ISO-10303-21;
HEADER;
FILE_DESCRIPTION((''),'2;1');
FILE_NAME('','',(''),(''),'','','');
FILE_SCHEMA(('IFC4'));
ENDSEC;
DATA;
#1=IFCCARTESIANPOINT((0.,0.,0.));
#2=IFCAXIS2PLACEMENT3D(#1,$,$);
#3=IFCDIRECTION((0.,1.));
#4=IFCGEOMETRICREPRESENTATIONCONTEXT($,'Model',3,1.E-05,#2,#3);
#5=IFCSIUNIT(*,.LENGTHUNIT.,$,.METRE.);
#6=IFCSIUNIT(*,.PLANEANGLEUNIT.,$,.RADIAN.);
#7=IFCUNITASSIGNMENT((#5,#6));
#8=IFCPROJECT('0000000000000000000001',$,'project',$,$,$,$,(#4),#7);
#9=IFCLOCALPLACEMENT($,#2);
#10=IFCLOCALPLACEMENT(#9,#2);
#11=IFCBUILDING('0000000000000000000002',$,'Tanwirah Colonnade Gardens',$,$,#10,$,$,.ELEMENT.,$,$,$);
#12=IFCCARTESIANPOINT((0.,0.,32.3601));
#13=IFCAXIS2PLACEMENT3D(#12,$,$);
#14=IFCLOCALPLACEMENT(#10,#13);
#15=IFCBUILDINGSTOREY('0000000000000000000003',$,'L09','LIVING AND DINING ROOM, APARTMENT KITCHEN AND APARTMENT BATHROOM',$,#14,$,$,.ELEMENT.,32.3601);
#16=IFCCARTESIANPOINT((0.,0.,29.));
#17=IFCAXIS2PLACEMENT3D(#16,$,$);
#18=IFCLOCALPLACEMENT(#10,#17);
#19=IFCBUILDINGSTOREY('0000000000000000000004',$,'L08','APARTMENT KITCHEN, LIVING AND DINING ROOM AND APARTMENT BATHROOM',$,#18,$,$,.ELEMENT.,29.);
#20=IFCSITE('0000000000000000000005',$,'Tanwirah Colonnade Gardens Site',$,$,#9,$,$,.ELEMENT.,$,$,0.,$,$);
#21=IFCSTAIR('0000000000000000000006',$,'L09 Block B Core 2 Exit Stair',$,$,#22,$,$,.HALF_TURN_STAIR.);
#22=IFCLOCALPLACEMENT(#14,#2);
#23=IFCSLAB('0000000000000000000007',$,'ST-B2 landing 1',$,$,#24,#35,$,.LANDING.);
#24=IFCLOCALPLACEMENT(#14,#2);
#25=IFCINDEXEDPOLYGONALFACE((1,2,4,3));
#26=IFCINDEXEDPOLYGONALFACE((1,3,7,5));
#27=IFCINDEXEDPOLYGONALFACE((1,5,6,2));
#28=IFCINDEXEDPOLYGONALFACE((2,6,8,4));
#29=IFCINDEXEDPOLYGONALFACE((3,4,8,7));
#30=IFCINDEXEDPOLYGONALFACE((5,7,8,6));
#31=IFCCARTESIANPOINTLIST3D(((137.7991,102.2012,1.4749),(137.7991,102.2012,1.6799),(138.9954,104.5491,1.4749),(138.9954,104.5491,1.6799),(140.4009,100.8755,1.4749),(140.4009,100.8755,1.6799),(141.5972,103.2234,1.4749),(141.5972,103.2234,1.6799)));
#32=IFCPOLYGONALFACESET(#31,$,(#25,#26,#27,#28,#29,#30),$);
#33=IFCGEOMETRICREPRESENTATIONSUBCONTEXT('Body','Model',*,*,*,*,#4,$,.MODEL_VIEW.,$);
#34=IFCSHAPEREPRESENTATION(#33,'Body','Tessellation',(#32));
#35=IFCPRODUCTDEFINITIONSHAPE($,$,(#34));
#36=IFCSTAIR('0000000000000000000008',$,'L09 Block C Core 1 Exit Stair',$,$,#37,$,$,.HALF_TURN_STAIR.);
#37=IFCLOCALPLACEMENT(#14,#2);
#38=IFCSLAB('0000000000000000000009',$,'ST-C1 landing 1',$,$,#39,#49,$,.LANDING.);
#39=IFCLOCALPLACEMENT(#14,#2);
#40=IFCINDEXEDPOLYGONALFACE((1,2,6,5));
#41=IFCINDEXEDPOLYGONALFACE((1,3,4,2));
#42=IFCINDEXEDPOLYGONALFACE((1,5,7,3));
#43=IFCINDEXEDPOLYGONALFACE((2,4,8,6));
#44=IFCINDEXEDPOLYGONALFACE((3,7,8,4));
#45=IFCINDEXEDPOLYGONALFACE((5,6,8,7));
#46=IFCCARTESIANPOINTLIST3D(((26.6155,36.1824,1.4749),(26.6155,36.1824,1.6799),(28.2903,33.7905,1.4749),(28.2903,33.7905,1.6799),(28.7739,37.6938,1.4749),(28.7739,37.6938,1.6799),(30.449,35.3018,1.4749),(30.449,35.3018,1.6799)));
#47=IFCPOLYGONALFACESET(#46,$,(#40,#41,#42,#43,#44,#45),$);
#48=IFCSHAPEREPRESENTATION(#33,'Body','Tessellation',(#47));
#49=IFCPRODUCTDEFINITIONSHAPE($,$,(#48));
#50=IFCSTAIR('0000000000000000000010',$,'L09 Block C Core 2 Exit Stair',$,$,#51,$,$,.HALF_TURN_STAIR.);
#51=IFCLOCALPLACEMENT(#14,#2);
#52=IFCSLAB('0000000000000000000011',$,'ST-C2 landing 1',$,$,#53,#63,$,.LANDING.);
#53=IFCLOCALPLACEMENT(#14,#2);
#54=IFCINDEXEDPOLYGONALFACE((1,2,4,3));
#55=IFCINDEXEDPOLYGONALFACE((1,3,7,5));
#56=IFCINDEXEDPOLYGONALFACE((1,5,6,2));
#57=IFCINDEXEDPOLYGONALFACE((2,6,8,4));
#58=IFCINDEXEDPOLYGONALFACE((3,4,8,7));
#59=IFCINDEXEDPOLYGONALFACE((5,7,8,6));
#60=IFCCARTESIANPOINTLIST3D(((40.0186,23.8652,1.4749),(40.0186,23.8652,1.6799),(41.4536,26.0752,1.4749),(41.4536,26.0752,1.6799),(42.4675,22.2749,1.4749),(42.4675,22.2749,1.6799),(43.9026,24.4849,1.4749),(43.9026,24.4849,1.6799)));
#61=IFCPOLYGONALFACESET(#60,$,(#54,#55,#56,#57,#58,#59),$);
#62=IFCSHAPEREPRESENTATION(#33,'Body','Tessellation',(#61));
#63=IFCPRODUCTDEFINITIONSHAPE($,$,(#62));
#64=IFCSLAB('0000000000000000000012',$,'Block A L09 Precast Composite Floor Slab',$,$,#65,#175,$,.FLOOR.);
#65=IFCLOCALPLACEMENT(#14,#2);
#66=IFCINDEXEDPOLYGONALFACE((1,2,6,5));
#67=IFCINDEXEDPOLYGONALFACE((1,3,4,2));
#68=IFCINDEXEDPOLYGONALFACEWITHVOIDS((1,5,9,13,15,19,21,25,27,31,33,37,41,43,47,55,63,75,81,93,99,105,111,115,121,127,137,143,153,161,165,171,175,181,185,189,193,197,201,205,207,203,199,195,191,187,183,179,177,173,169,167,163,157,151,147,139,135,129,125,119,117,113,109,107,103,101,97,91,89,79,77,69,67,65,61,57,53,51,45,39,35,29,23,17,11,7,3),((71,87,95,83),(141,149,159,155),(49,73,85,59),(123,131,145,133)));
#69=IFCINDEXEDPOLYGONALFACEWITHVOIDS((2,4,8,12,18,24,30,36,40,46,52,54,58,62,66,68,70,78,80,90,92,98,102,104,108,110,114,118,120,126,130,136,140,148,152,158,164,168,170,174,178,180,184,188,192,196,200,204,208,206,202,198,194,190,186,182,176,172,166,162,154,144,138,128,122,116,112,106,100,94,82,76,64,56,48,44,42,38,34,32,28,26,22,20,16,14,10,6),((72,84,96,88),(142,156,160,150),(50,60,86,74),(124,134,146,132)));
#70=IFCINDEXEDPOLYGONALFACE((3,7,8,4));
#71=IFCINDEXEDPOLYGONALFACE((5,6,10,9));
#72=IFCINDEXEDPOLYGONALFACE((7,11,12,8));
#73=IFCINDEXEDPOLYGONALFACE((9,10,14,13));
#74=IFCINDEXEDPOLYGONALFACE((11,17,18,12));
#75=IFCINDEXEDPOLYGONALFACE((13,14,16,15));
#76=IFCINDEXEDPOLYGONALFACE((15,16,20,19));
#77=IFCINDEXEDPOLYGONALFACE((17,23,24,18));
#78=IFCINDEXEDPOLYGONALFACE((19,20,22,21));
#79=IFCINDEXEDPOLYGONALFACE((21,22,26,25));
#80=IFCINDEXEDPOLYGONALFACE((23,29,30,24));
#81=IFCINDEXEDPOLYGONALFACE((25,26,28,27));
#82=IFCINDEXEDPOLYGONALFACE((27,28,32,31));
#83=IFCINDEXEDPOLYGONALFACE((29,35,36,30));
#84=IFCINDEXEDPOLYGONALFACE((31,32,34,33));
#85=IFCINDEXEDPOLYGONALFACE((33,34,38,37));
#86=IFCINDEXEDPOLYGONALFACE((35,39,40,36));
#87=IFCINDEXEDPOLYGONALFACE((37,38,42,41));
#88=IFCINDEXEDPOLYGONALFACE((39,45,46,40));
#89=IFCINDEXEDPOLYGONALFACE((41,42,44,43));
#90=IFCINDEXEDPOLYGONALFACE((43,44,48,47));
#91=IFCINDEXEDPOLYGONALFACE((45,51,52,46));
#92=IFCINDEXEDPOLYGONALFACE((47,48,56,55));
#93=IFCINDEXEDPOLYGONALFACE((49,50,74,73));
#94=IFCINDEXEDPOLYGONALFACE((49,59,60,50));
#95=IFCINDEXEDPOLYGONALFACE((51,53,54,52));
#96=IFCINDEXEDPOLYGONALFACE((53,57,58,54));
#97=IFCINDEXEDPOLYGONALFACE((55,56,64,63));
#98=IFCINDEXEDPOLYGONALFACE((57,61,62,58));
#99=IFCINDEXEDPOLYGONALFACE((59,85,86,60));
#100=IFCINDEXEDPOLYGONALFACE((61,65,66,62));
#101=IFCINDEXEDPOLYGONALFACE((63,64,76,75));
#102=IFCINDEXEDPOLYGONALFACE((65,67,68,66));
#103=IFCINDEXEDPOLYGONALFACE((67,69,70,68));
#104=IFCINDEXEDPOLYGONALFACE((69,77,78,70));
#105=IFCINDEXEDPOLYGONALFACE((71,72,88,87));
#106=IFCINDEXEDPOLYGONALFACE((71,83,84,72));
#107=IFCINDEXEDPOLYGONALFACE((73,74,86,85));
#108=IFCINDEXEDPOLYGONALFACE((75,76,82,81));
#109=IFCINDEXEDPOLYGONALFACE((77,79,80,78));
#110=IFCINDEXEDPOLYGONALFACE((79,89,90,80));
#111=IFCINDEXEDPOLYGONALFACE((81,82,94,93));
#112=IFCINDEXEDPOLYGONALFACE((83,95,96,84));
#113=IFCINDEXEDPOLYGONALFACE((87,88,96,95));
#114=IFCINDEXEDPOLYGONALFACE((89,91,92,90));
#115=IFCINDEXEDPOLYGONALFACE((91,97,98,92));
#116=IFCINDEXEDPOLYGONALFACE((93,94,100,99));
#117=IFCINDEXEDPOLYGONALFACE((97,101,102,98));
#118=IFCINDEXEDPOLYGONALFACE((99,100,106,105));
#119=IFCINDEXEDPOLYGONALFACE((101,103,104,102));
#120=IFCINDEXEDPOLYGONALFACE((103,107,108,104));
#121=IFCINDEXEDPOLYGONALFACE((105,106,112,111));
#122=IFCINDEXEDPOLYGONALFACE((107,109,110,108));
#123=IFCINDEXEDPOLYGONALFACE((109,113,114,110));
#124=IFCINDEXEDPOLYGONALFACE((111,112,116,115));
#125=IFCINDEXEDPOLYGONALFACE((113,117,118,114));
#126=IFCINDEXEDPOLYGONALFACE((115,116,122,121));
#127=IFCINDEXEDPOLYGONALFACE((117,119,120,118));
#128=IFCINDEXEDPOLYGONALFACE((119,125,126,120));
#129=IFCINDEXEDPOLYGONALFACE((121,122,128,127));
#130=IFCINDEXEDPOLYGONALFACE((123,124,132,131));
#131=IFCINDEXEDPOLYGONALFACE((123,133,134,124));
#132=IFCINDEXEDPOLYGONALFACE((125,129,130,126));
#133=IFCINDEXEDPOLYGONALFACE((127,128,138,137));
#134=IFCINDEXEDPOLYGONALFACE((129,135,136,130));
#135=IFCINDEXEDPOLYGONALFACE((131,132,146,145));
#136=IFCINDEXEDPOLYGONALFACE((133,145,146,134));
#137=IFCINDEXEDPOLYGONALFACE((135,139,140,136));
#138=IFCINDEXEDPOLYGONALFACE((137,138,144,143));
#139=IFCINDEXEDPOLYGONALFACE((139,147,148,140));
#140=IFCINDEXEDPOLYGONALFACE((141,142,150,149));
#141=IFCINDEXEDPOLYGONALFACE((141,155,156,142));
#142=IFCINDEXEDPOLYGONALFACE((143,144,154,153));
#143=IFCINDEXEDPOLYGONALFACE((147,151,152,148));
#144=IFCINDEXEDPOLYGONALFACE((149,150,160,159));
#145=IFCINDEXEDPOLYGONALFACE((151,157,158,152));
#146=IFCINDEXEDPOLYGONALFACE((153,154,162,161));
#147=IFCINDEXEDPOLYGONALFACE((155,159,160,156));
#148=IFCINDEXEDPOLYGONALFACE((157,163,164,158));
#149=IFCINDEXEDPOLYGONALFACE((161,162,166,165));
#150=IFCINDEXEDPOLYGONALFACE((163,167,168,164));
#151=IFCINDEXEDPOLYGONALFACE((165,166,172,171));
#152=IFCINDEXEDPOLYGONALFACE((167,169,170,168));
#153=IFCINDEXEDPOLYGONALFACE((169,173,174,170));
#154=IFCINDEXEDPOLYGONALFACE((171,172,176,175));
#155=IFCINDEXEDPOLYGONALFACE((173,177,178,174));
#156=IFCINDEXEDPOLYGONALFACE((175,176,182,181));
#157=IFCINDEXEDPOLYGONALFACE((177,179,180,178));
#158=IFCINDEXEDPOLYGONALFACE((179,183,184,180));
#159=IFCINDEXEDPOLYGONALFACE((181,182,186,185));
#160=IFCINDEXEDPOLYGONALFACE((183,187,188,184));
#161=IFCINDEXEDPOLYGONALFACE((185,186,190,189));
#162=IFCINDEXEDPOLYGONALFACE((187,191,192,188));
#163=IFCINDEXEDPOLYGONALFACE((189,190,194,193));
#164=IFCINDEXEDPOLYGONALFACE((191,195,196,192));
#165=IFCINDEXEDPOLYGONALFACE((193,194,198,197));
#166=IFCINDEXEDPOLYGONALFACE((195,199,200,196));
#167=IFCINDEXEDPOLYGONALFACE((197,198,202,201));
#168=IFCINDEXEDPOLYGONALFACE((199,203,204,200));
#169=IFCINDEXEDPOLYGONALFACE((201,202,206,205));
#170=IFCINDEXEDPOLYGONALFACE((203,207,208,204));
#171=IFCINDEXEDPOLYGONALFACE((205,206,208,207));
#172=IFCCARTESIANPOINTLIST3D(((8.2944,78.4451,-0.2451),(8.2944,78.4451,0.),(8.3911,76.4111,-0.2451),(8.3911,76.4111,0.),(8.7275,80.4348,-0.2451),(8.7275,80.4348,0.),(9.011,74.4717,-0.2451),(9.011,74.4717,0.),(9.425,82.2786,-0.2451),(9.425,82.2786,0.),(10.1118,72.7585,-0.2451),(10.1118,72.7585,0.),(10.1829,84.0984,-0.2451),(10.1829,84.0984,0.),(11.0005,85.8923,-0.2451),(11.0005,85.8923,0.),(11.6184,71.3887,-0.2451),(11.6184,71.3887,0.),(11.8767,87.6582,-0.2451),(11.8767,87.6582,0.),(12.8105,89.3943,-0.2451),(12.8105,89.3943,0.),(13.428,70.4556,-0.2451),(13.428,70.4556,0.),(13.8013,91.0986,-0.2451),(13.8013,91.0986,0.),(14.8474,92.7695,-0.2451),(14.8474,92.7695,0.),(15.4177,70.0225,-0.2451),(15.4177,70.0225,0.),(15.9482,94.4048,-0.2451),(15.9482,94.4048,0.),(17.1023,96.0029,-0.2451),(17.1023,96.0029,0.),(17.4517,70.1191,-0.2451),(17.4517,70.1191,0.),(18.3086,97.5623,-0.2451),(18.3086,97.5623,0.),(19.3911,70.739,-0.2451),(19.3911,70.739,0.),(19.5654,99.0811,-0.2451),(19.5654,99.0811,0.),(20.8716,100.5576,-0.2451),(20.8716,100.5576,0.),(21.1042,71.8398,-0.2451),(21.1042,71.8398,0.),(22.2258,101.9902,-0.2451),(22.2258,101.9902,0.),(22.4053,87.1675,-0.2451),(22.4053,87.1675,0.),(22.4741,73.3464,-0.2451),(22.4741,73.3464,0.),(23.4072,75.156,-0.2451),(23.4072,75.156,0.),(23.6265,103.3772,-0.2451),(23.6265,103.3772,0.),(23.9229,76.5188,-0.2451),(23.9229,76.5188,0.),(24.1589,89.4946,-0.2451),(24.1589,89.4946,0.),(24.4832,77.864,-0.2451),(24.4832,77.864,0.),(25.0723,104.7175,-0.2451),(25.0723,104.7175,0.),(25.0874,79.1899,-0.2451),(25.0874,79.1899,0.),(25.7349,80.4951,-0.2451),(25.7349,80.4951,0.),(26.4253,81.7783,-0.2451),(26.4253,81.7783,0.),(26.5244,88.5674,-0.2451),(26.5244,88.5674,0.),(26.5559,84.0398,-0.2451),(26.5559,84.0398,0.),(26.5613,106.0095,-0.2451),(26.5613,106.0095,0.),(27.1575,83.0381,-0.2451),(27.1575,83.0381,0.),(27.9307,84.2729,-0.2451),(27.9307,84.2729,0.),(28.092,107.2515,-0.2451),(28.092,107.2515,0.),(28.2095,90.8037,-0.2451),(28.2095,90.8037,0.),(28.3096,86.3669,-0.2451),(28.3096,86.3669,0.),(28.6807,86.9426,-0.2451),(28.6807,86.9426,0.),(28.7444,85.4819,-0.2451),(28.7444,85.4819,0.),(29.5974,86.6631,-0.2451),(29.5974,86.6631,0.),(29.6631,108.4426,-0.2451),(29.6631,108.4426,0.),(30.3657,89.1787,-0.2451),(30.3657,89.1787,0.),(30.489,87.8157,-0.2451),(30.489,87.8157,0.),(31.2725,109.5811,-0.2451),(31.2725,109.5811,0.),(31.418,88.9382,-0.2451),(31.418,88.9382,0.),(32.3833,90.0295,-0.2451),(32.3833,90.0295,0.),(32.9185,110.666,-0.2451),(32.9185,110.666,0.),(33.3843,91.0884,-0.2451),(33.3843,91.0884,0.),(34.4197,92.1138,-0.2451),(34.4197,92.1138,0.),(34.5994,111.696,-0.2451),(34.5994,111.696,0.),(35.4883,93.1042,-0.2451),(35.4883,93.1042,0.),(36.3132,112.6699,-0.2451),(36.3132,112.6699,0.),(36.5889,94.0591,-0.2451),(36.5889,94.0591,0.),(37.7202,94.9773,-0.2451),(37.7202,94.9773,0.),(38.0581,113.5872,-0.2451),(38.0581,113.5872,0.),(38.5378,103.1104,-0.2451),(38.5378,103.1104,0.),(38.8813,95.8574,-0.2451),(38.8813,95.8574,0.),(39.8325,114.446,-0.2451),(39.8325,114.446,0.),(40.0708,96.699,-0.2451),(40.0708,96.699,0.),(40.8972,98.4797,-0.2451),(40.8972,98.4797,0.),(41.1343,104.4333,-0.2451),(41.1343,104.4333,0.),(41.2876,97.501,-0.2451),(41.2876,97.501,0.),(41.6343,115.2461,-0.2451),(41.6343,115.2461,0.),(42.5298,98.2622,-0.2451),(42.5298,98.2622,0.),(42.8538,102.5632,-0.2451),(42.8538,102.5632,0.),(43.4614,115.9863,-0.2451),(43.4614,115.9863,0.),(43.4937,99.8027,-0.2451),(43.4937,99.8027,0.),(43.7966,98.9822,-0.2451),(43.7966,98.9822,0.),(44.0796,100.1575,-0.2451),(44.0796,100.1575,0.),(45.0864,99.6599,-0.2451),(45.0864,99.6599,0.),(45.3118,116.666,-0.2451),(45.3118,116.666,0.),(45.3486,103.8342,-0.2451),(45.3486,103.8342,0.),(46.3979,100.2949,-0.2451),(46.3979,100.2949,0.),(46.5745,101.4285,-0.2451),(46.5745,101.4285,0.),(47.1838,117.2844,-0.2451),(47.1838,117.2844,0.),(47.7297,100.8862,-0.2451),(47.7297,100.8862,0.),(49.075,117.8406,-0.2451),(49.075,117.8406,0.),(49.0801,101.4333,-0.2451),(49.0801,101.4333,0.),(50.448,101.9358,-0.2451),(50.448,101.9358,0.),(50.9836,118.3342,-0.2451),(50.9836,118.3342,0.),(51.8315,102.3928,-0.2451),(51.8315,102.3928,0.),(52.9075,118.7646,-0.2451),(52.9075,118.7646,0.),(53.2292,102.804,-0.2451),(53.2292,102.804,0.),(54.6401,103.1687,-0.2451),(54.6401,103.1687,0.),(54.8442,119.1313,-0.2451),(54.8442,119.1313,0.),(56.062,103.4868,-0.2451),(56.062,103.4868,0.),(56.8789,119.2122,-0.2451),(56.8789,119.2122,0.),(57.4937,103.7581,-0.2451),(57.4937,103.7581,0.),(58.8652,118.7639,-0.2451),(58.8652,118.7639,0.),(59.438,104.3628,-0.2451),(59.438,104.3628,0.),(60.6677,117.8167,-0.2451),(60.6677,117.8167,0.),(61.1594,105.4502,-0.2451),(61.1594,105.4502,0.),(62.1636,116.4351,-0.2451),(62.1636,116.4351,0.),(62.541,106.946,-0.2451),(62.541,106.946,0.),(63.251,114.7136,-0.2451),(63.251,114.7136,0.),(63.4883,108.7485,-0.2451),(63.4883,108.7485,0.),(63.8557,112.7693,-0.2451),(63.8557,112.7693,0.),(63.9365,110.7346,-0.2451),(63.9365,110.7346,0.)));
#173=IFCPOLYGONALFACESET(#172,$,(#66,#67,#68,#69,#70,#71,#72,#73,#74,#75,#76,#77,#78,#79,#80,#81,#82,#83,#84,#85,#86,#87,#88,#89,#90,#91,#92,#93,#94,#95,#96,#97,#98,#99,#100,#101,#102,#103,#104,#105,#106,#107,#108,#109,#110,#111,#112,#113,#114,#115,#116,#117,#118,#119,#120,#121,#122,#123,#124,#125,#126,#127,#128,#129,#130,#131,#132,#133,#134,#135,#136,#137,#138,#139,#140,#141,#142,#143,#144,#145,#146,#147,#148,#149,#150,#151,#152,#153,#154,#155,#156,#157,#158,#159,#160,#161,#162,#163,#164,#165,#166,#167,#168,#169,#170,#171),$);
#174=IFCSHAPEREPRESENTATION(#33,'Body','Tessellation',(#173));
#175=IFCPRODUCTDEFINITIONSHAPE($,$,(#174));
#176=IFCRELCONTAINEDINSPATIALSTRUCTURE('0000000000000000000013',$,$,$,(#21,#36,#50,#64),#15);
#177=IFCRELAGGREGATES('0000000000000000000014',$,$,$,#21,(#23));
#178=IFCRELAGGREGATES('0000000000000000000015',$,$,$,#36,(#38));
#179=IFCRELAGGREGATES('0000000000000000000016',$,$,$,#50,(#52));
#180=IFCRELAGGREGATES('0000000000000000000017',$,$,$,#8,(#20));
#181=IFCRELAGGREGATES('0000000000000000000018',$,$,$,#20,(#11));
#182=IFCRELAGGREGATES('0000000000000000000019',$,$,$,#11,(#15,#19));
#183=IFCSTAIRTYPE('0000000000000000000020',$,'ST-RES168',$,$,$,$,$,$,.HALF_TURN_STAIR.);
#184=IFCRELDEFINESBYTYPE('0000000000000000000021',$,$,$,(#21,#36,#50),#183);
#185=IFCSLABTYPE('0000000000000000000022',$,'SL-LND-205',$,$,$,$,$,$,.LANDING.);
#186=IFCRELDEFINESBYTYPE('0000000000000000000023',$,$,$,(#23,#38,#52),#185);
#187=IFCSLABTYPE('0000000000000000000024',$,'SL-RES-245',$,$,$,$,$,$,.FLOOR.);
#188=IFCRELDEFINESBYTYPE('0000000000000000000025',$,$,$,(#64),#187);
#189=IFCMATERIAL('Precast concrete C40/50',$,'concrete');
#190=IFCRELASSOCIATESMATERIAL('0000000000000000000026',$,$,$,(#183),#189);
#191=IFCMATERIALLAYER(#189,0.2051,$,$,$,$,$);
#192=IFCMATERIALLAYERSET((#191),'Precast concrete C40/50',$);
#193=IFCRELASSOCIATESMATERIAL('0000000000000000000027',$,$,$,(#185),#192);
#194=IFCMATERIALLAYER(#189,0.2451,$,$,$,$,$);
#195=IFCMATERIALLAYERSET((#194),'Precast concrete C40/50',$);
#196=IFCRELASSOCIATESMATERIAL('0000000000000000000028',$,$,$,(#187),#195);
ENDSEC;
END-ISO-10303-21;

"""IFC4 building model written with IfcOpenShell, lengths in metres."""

from ifc_helpers import new_model, si_unit, direction, frame, origin, place, context, subcontext, project, spatial, polyline, outline, extrude, material, layer, layer_set, type_object, element, aggregate, save


model = new_model("IFC4")

# Units and contexts
model_context = context("Model", 3, precision=1e-05, world=origin(), true_north=direction((0.0, 1.0)))
body_context = subcontext(model_context, "Body", "Model", "MODEL_VIEW")
ifc_project = project(units=[si_unit("LENGTHUNIT", "METRE"), si_unit("PLANEANGLEUNIT", "RADIAN")], contexts=[model_context])

# Site, building, storey
site_placement = place(None, origin())
site = spatial("IfcSite", under=ifc_project, at=site_placement, Name="Tanwirah Colonnade Gardens Site", CompositionType="ELEMENT", RefElevation=0.0)
building_placement = place(site_placement, origin())
building = spatial("IfcBuilding", under=site, at=building_placement, Name="Tanwirah Colonnade Gardens", CompositionType="ELEMENT")
storey_1_placement = place(building_placement, frame((0.0, 0.0, 32.3601)))
storey_1 = spatial("IfcBuildingStorey", under=building, at=storey_1_placement, Name="L09", Description="LIVING AND DINING ROOM, APARTMENT KITCHEN AND APARTMENT BATHROOM", CompositionType="ELEMENT", Elevation=32.3601)

# Shared definitions
ifc_material_1 = material(Name="Precast concrete C40/50", Category="concrete")

# Shared definitions
storey_2_placement = place(building_placement, frame((0.0, 0.0, 29.0)))
storey_2 = spatial("IfcBuildingStorey", under=building, at=storey_2_placement, Name="L08", Description="APARTMENT KITCHEN, LIVING AND DINING ROOM AND APARTMENT BATHROOM", CompositionType="ELEMENT", Elevation=29.0)

# Stairs, slabs
stair_type = type_object("IfcStairType", Name="ST-RES168", PredefinedType="HALF_TURN_STAIR", material=ifc_material_1)
ifc_layer_1 = layer(ifc_material_1, 0.2051)
ifc_layer_set_1 = layer_set([ifc_layer_1], Name="Precast concrete C40/50")
slab_type_1 = type_object("IfcSlabType", Name="SL-LND-205", PredefinedType="LANDING", material=ifc_layer_set_1)
stair_1_placement = place(storey_1_placement, origin())
stair_1 = element("IfcStair", 1, at=stair_1_placement, inside=storey_1, type_object=stair_type, Name="L09 Block B Core 2 Exit Stair", PredefinedType="HALF_TURN_STAIR")
slab_1_placement = place(storey_1_placement, frame((0.0, 0.0, 1.4749)))
slab_1 = element("IfcSlab", 2, at=slab_1_placement, type_object=slab_type_1, Name="ST-B2 landing 1", PredefinedType="LANDING", context=body_context, shape_type="SweptSolid", body=[
    extrude(outline(polyline([(138.9954, 104.5491), (137.7991, 102.2012), (140.4009, 100.8755), (141.5972, 103.2234), (138.9954, 104.5491)])), origin(), (0.0, 0.0, 1.0), 0.2051),
])
aggregate(stair_1, [slab_1])
stair_2_placement = place(storey_1_placement, origin())
stair_2 = element("IfcStair", 3, at=stair_2_placement, inside=storey_1, type_object=stair_type, Name="L09 Block C Core 1 Exit Stair", PredefinedType="HALF_TURN_STAIR")
slab_2_placement = place(storey_1_placement, frame((0.0, 0.0, 1.4749)))
slab_2 = element("IfcSlab", 4, at=slab_2_placement, type_object=slab_type_1, Name="ST-C1 landing 1", PredefinedType="LANDING", context=body_context, shape_type="SweptSolid", body=[
    extrude(outline(polyline([(28.2903, 33.7905), (30.449, 35.3018), (28.7739, 37.6938), (26.6155, 36.1824), (28.2903, 33.7905)])), origin(), (0.0, 0.0, 1.0), 0.2051),
])
aggregate(stair_2, [slab_2])
stair_3_placement = place(storey_1_placement, origin())
stair_3 = element("IfcStair", 5, at=stair_3_placement, inside=storey_1, type_object=stair_type, Name="L09 Block C Core 2 Exit Stair", PredefinedType="HALF_TURN_STAIR")
slab_3_placement = place(storey_1_placement, frame((0.0, 0.0, 1.4749)))
slab_3 = element("IfcSlab", 6, at=slab_3_placement, type_object=slab_type_1, Name="ST-C2 landing 1", PredefinedType="LANDING", context=body_context, shape_type="SweptSolid", body=[
    extrude(outline(polyline([(42.4675, 22.2749), (43.9026, 24.4849), (41.4536, 26.0752), (40.0186, 23.8652), (42.4675, 22.2749)])), origin(), (0.0, 0.0, 1.0), 0.2051),
])
aggregate(stair_3, [slab_3])

# Slab
ifc_layer_2 = layer(ifc_material_1, 0.2451)
ifc_layer_set_2 = layer_set([ifc_layer_2], Name="Precast concrete C40/50")
slab_type_2 = type_object("IfcSlabType", Name="SL-RES-245", PredefinedType="FLOOR", material=ifc_layer_set_2)
slab_4_placement = place(storey_1_placement, frame((0.0, 0.0, -0.2451)))
element("IfcSlab", 7, at=slab_4_placement, inside=storey_1, type_object=slab_type_2, Name="Block A L09 Precast Composite Floor Slab", PredefinedType="FLOOR", context=body_context, shape_type="SweptSolid", body=[
    extrude(outline(polyline([(54.6401, 103.1687), (56.062, 103.4868), (57.4937, 103.7581), (59.438, 104.3628), (61.1594, 105.4502), (62.541, 106.946), (63.4883, 108.7485), (63.9365, 110.7346), (63.8557, 112.7693), (63.251, 114.7136), (62.1636, 116.4351), (60.6677, 117.8167), (58.8652, 118.7639), (56.8789, 119.2122), (54.8442, 119.1313), (52.9075, 118.7646), (50.9836, 118.3342), (49.075, 117.8406), (47.1838, 117.2844), (45.3118, 116.666), (43.4614, 115.9863), (41.6343, 115.2461), (39.8325, 114.446), (38.0581, 113.5872), (36.3132, 112.6699), (34.5994, 111.696), (32.9185, 110.666), (31.2725, 109.5811), (29.6631, 108.4426), (28.092, 107.2515), (26.5613, 106.0095), (25.0723, 104.7175), (23.6265, 103.3772), (22.2258, 101.9902), (20.8716, 100.5576), (19.5654, 99.0811), (18.3086, 97.5623), (17.1023, 96.0029), (15.9482, 94.4048), (14.8474, 92.7695), (13.8013, 91.0986), (12.8105, 89.3943), (11.8767, 87.6582), (11.0005, 85.8923), (10.1829, 84.0984), (9.425, 82.2786), (8.7275, 80.4348), (8.2944, 78.4451), (8.3911, 76.4111), (9.011, 74.4717), (10.1118, 72.7585), (11.6184, 71.3887), (13.428, 70.4556), (15.4177, 70.0225), (17.4517, 70.1191), (19.3911, 70.739), (21.1042, 71.8398), (22.4741, 73.3464), (23.4072, 75.156), (23.9229, 76.5188), (24.4832, 77.864), (25.0874, 79.1899), (25.7349, 80.4951), (26.4253, 81.7783), (27.1575, 83.0381), (27.9307, 84.2729), (28.7444, 85.4819), (29.5974, 86.6631), (30.489, 87.8157), (31.418, 88.9382), (32.3833, 90.0295), (33.3843, 91.0884), (34.4197, 92.1138), (35.4883, 93.1042), (36.5889, 94.0591), (37.7202, 94.9773), (38.8813, 95.8574), (40.0708, 96.699), (41.2876, 97.501), (42.5298, 98.2622), (43.7966, 98.9822), (45.0864, 99.6599), (46.3979, 100.2949), (47.7297, 100.8862), (49.0801, 101.4333), (50.448, 101.9358), (51.8315, 102.3928), (53.2292, 102.804), (54.6401, 103.1687)]), holes=[polyline([(41.1343, 104.4333), (43.4937, 99.8027), (40.8972, 98.4797), (38.5378, 103.1104), (41.1343, 104.4333)]), polyline([(46.5745, 101.4285), (44.0796, 100.1575), (42.8538, 102.5632), (45.3486, 103.8342), (46.5745, 101.4285)]), polyline([(26.5559, 84.0398), (22.4053, 87.1675), (24.1589, 89.4946), (28.3096, 86.3669), (26.5559, 84.0398)]), polyline([(26.5244, 88.5674), (28.2095, 90.8037), (30.3657, 89.1787), (28.6807, 86.9426), (26.5244, 88.5674)])]), origin(), (0.0, 0.0, 1.0), 0.2451),
])

save(model, "model.ifc")
